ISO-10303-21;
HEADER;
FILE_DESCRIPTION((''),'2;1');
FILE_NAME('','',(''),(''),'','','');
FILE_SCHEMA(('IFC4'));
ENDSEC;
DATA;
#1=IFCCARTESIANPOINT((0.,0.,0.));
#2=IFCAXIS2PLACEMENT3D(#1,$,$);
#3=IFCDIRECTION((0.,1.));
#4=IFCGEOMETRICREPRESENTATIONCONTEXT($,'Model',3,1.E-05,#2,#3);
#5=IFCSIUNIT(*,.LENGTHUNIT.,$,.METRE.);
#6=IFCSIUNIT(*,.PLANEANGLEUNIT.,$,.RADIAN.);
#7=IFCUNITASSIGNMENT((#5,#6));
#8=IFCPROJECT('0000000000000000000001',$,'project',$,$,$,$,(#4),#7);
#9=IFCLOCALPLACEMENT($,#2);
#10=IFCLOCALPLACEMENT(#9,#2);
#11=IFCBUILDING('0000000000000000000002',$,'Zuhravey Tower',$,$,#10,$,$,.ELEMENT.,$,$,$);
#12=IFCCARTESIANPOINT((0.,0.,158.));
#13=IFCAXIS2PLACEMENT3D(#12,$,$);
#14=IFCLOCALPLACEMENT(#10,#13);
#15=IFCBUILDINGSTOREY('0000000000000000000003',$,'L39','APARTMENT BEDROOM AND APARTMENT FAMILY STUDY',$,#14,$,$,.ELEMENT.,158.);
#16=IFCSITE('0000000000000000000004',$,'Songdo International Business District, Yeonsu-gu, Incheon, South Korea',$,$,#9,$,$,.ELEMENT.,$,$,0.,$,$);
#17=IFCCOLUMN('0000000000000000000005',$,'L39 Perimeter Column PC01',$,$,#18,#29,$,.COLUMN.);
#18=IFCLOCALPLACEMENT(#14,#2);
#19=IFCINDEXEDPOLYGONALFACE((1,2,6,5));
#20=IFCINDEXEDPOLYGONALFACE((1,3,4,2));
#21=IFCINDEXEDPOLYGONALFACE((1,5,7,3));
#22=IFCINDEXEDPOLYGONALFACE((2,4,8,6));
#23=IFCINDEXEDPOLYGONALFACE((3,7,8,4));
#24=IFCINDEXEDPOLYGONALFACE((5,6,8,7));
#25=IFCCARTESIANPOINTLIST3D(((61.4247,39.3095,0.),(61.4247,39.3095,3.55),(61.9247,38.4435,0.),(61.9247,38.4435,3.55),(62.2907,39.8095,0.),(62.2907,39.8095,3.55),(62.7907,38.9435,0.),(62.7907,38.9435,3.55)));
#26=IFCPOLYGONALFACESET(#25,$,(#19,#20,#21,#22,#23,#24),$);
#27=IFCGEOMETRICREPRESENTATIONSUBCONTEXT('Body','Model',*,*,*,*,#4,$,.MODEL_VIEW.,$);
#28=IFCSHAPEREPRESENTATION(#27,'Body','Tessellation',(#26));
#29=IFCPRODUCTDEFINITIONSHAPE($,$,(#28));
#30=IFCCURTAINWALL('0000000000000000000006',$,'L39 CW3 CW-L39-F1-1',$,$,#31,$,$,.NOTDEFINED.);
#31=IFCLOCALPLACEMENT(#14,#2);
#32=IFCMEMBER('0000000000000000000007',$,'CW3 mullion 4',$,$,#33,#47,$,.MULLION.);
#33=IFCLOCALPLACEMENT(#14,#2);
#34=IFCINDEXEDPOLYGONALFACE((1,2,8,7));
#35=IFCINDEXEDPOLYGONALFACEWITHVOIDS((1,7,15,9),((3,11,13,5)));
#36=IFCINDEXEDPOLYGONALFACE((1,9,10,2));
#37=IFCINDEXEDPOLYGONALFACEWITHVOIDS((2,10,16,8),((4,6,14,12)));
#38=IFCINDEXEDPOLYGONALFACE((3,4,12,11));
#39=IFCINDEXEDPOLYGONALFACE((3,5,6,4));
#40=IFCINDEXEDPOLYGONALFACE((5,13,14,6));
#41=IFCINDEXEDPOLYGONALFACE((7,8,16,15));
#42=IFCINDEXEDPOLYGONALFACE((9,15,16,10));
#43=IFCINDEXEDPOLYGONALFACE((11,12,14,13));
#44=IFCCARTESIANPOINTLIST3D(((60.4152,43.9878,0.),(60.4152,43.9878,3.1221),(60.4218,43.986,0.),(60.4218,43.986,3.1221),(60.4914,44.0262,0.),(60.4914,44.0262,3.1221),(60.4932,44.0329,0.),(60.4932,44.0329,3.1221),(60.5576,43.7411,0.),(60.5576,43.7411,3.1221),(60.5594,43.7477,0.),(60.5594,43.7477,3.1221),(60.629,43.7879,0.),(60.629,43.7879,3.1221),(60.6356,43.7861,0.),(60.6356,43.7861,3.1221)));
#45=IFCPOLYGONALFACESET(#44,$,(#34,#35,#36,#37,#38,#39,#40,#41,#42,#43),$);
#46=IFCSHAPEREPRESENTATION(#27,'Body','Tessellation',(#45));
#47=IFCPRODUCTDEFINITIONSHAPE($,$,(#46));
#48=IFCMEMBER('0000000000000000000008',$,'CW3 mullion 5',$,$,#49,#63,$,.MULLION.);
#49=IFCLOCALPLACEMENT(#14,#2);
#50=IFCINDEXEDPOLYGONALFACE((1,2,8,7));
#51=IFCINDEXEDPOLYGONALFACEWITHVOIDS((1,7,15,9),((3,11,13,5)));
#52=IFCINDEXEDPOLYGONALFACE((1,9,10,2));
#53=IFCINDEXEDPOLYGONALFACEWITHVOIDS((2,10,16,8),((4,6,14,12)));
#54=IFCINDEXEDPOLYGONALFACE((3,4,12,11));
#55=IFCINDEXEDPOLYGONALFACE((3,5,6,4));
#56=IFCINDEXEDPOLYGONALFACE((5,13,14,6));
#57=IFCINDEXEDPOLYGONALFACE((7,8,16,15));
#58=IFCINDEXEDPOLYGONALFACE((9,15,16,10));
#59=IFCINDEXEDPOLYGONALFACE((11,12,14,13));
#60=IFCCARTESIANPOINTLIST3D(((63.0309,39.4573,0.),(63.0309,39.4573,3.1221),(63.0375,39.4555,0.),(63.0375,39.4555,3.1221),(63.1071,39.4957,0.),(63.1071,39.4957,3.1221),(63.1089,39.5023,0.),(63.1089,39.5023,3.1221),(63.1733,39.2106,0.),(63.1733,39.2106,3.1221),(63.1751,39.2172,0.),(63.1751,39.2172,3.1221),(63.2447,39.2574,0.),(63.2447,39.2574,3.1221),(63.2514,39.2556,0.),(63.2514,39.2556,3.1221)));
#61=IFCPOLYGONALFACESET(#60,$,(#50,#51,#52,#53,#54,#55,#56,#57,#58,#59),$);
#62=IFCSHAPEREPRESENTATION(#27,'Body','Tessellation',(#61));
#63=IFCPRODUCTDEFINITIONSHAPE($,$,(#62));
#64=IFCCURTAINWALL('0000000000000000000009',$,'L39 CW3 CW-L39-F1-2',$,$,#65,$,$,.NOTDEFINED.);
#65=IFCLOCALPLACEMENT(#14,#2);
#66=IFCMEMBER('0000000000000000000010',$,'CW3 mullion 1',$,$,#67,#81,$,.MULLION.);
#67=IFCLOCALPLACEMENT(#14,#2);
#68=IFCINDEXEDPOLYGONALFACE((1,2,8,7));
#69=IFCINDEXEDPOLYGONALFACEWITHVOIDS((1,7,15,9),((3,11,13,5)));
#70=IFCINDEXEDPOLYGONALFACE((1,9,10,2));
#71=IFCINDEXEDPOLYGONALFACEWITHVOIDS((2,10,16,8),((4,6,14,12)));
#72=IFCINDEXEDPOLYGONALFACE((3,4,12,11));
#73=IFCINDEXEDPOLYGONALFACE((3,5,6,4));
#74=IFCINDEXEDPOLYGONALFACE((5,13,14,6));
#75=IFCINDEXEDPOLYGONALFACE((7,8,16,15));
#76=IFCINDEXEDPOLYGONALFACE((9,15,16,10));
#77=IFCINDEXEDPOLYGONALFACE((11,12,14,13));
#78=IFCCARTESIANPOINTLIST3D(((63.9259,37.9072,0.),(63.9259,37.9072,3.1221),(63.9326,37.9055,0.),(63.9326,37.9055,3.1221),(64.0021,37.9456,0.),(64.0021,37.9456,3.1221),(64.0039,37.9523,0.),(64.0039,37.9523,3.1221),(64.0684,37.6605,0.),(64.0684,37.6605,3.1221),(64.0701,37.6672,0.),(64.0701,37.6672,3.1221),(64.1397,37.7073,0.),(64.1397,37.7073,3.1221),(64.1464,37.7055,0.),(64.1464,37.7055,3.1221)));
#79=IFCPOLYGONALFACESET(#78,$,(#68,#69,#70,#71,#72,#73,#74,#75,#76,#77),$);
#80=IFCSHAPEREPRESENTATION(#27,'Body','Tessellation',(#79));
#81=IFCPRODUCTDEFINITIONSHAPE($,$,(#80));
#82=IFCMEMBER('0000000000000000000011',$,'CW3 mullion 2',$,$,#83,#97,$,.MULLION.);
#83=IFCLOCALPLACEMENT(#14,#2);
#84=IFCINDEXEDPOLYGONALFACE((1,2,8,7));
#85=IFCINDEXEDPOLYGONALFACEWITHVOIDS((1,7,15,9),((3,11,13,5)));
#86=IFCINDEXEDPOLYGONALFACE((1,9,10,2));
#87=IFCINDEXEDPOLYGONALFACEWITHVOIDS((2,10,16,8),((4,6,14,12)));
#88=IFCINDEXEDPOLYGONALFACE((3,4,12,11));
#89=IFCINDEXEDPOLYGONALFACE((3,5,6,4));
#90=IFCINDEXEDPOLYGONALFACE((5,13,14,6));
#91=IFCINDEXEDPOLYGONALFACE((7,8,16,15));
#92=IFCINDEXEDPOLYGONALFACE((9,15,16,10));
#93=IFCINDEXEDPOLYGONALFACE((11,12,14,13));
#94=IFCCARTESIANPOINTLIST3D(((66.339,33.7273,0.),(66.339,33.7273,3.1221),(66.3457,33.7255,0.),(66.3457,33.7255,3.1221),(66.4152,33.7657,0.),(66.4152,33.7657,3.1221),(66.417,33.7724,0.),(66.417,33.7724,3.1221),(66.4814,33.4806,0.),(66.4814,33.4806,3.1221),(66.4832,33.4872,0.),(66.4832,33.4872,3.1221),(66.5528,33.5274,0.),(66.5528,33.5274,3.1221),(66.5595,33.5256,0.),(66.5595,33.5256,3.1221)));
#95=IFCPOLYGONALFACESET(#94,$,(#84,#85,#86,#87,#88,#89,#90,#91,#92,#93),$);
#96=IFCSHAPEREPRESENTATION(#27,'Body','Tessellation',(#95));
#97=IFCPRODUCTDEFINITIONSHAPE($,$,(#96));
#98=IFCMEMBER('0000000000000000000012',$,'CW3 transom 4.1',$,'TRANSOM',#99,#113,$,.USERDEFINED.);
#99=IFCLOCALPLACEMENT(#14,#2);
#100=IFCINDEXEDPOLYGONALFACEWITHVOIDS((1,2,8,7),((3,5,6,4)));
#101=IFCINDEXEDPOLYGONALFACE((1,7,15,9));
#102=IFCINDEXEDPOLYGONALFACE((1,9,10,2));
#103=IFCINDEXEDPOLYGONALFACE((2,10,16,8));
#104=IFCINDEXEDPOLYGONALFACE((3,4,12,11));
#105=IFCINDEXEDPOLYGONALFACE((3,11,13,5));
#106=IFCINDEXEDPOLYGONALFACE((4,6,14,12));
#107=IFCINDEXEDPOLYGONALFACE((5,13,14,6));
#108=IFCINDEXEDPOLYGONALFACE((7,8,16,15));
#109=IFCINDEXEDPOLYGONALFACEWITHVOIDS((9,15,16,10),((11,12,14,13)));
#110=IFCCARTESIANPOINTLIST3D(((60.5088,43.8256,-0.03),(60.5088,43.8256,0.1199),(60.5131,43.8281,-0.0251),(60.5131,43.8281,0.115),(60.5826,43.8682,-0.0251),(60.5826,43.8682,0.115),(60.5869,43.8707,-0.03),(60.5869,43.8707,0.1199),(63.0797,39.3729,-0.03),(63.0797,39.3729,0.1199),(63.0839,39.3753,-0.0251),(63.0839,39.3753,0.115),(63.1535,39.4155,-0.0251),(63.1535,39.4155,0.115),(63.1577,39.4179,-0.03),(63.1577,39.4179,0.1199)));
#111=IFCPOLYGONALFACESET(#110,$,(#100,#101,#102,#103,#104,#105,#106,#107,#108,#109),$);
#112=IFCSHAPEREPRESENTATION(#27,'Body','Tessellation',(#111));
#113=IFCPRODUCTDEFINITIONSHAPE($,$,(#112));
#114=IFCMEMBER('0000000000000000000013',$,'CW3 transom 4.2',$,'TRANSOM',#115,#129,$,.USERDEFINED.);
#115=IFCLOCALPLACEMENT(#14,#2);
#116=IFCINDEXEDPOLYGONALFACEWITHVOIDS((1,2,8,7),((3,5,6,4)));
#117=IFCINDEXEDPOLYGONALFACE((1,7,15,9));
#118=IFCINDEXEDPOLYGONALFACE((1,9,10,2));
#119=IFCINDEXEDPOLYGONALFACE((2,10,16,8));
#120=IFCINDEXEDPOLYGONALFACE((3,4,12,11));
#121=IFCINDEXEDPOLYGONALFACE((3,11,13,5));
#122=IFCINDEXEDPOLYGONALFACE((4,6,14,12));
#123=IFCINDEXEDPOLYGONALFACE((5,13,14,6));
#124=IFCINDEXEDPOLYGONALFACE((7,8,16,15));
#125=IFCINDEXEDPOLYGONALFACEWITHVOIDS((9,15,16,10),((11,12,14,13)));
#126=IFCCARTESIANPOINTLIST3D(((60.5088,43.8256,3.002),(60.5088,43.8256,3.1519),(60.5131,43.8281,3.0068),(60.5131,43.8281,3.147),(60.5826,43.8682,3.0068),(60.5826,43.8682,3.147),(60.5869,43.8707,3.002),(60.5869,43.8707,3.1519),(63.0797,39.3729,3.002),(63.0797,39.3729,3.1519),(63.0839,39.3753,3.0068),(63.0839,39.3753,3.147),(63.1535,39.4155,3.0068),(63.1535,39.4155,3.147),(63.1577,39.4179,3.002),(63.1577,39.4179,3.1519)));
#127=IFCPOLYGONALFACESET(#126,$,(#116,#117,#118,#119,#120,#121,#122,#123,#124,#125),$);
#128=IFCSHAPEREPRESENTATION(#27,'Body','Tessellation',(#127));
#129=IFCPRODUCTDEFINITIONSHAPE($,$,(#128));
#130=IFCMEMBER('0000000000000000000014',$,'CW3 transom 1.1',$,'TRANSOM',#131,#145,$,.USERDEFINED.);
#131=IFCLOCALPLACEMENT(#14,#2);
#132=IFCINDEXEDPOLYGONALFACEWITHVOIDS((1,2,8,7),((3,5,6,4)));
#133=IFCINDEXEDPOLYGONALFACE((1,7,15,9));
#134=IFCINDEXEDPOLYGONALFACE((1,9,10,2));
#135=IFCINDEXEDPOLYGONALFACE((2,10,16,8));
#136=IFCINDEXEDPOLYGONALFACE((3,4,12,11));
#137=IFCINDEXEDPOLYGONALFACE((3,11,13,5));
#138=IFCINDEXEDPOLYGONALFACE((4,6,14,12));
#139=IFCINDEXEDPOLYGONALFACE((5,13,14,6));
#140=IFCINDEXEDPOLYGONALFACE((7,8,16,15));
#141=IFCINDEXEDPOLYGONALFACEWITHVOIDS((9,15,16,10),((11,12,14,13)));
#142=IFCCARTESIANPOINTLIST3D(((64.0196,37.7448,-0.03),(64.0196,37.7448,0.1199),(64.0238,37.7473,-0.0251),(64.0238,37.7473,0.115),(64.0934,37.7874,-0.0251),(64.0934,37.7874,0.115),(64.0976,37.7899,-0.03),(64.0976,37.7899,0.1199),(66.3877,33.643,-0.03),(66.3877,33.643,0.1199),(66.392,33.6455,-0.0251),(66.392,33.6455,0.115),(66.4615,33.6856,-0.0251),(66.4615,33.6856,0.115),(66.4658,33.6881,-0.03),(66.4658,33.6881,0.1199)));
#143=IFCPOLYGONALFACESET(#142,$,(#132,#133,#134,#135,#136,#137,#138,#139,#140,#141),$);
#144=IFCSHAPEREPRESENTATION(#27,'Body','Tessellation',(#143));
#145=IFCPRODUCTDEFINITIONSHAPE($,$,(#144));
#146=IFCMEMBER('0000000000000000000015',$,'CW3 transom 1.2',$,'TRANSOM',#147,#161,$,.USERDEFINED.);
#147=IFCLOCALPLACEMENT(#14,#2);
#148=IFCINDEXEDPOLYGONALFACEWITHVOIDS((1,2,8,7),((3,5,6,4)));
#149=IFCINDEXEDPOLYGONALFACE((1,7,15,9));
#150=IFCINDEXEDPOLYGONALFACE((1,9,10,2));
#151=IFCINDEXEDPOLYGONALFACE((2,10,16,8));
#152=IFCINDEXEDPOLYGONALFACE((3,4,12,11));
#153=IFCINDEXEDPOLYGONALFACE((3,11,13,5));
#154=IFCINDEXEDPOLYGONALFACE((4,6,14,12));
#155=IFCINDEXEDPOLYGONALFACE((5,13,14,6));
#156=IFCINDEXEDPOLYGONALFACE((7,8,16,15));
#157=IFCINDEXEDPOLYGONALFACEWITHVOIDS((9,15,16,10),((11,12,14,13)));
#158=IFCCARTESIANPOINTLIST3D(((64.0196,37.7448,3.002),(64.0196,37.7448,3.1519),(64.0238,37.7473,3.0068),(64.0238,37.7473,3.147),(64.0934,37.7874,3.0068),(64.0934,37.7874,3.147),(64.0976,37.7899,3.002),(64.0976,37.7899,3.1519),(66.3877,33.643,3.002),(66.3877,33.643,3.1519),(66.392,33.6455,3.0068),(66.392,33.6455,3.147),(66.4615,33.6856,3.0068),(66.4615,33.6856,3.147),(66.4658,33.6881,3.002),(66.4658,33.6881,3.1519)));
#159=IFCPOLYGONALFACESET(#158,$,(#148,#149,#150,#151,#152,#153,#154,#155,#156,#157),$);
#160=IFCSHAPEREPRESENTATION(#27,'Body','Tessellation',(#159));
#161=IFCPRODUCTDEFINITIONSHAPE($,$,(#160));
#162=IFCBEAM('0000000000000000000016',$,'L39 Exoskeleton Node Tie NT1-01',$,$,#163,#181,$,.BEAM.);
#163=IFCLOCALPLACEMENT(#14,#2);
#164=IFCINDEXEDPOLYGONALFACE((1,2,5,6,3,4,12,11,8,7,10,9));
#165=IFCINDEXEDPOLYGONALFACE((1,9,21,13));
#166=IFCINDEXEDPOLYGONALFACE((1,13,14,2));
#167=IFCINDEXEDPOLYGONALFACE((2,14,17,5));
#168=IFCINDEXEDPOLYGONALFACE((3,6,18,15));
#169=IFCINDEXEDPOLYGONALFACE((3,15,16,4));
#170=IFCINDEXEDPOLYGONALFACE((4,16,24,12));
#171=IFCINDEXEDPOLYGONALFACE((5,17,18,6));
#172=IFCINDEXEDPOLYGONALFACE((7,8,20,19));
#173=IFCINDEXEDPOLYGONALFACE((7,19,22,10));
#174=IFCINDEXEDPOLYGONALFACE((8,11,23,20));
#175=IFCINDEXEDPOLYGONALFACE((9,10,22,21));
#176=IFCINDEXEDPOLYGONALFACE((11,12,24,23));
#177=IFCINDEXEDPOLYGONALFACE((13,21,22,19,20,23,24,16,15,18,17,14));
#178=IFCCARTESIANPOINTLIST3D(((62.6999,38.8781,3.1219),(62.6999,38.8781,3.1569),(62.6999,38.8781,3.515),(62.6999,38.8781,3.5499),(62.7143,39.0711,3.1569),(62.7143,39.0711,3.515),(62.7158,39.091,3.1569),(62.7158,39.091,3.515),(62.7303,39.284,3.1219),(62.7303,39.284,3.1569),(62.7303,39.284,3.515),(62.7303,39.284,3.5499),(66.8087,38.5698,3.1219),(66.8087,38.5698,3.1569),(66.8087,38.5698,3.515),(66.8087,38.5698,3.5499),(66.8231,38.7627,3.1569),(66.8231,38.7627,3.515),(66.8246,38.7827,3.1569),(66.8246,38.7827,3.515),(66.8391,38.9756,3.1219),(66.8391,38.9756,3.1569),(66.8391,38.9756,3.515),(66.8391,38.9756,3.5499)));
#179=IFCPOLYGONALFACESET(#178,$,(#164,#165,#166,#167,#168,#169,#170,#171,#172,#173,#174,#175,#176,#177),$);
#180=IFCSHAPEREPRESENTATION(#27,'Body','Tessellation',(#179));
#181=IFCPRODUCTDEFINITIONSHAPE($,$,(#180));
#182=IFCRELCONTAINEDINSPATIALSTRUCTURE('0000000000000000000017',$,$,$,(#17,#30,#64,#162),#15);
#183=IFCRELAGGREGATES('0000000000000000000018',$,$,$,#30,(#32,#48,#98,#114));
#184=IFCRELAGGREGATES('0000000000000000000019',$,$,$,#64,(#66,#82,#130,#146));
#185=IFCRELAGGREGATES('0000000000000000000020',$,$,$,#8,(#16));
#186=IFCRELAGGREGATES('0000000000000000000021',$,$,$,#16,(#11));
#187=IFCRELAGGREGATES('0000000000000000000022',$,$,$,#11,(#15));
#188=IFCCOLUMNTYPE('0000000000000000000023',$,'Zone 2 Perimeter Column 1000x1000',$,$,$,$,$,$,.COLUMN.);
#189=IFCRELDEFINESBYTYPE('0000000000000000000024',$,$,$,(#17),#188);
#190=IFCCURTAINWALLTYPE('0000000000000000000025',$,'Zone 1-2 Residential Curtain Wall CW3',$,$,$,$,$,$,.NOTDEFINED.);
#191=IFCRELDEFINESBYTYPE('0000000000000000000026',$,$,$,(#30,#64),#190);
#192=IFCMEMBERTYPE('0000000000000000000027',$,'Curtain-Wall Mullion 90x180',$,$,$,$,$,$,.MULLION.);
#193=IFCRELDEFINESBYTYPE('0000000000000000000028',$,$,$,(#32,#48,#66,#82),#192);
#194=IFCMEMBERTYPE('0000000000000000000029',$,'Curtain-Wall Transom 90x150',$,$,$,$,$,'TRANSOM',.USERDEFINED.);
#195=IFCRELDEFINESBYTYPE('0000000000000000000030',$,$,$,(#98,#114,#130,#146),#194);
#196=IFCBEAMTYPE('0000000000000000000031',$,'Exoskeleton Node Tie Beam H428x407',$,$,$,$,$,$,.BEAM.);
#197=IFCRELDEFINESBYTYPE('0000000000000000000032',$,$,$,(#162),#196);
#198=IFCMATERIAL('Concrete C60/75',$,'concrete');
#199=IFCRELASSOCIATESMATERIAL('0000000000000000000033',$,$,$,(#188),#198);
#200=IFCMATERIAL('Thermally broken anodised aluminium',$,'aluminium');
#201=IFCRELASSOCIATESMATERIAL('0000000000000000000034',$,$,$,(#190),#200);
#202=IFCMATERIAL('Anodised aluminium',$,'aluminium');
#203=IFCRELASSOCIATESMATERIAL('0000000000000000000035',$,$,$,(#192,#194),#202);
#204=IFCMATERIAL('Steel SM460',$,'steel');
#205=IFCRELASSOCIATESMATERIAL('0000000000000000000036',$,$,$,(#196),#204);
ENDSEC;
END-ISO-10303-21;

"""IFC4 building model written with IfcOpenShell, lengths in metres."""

from ifc_helpers import new_model, si_unit, direction, frame, origin, origin_2d, place, context, subcontext, project, spatial, rectangle, hollow_rectangle, i_section, extrude, material, material_profile, profile_set, type_object, element, aggregate, save


model = new_model("IFC4")

# Units and contexts
model_context = context("Model", 3, precision=1e-05, world=origin(), true_north=direction((0.0, 1.0)))
body_context = subcontext(model_context, "Body", "Model", "MODEL_VIEW")
ifc_project = project(units=[si_unit("LENGTHUNIT", "METRE"), si_unit("PLANEANGLEUNIT", "RADIAN")], contexts=[model_context])

# Site, building, storey
site_placement = place(None, origin())
site = spatial("IfcSite", under=ifc_project, at=site_placement, Name="Songdo International Business District, Yeonsu-gu, Incheon, South Korea", CompositionType="ELEMENT", RefElevation=0.0)
building_placement = place(site_placement, origin())
building = spatial("IfcBuilding", under=site, at=building_placement, Name="Zuhravey Tower", CompositionType="ELEMENT")
storey_placement = place(building_placement, frame((0.0, 0.0, 158.0)))
storey = spatial("IfcBuildingStorey", under=building, at=storey_placement, Name="L39", Description="APARTMENT BEDROOM AND APARTMENT FAMILY STUDY", CompositionType="ELEMENT", Elevation=158.0)

# Column
ifc_material_1 = material(Name="Concrete C60/75", Category="concrete")
ifc_material_profile_1 = material_profile(ifc_material_1, rectangle(XDim=1.0, YDim=1.0, at=origin_2d()), Name="RC-1000x1000")
ifc_profile_set_1 = profile_set([ifc_material_profile_1], Name="Concrete C60/75")
column_type = type_object("IfcColumnType", Name="Zone 2 Perimeter Column 1000x1000", PredefinedType="COLUMN", material=ifc_profile_set_1)
column_placement = place(storey_placement, frame((62.1077, 39.1265, 0.0), z_axis=(0.0, 0.0, 1.0), x_axis=(-0.5, 0.866025, 0.0)))
element("IfcColumn", 1, at=column_placement, inside=storey, type_object=column_type, Name="L39 Perimeter Column PC01", PredefinedType="COLUMN", context=body_context, shape_type="SweptSolid", body=[
    extrude(rectangle(XDim=1.0, YDim=1.0, at=origin_2d()), origin(), (0.0, 0.0, 1.0), 3.55),
])

# Curtain walls, members
ifc_material_2 = material(Name="Thermally broken anodised aluminium", Category="aluminium")
curtain_wall_type = type_object("IfcCurtainWallType", Name="Zone 1-2 Residential Curtain Wall CW3", PredefinedType="NOTDEFINED", material=ifc_material_2)
curtain_wall_1_placement = place(storey_placement, origin())
curtain_wall_1 = element("IfcCurtainWall", 2, at=curtain_wall_1_placement, inside=storey, type_object=curtain_wall_type, Name="L39 CW3 CW-L39-F1-1", PredefinedType="NOTDEFINED")
ifc_material_3 = material(Name="Anodised aluminium", Category="aluminium")
ifc_material_profile_2 = material_profile(ifc_material_3, hollow_rectangle(XDim=0.0901, YDim=0.2849, WallThickness=0.0049, at=origin_2d()), Name="ALU-RHS-90x285x5")
ifc_profile_set_2 = profile_set([ifc_material_profile_2], Name="Anodised aluminium")
member_type_1 = type_object("IfcMemberType", Name="Curtain-Wall Mullion 90x180", PredefinedType="MULLION", material=ifc_profile_set_2)
member_1_placement = place(storey_placement, frame((60.5254, 43.887, 0.0), z_axis=(0.0, 0.0, 1.0), x_axis=(0.866025, 0.500001, 0.0)))
member_1 = element("IfcMember", 3, at=member_1_placement, type_object=member_type_1, Name="CW3 mullion 4", PredefinedType="MULLION", context=body_context, shape_type="SweptSolid", body=[
    extrude(hollow_rectangle(XDim=0.0901, YDim=0.2849, WallThickness=0.0049, at=origin_2d()), origin(), (0.0, 0.0, 1.0), 3.1221),
])
member_2_placement = place(storey_placement, frame((63.1411, 39.3564, 0.0), z_axis=(0.0, 0.0, 1.0), x_axis=(0.866025, 0.500001, 0.0)))
member_2 = element("IfcMember", 4, at=member_2_placement, type_object=member_type_1, Name="CW3 mullion 5", PredefinedType="MULLION", context=body_context, shape_type="SweptSolid", body=[
    extrude(hollow_rectangle(XDim=0.0901, YDim=0.2849, WallThickness=0.0049, at=origin_2d()), origin(), (0.0, 0.0, 1.0), 3.1221),
])
curtain_wall_2_placement = place(storey_placement, origin())
curtain_wall_2 = element("IfcCurtainWall", 5, at=curtain_wall_2_placement, inside=storey, type_object=curtain_wall_type, Name="L39 CW3 CW-L39-F1-2", PredefinedType="NOTDEFINED")
member_3_placement = place(storey_placement, frame((64.0361, 37.8064, 0.0), z_axis=(0.0, 0.0, 1.0), x_axis=(0.866029, 0.499994, 0.0)))
member_3 = element("IfcMember", 6, at=member_3_placement, type_object=member_type_1, Name="CW3 mullion 1", PredefinedType="MULLION", context=body_context, shape_type="SweptSolid", body=[
    extrude(hollow_rectangle(XDim=0.0901, YDim=0.2849, WallThickness=0.0049, at=origin_2d()), origin(), (0.0, 0.0, 1.0), 3.1221),
])
member_4_placement = place(storey_placement, frame((66.4492, 33.6265, 0.0), z_axis=(0.0, 0.0, 1.0), x_axis=(0.866029, 0.499994, 0.0)))
member_4 = element("IfcMember", 7, at=member_4_placement, type_object=member_type_1, Name="CW3 mullion 2", PredefinedType="MULLION", context=body_context, shape_type="SweptSolid", body=[
    extrude(hollow_rectangle(XDim=0.0901, YDim=0.2849, WallThickness=0.0049, at=origin_2d()), origin(), (0.0, 0.0, 1.0), 3.1221),
])

# Members
ifc_material_profile_3 = material_profile(ifc_material_3, hollow_rectangle(XDim=0.0901, YDim=0.1499, WallThickness=0.0049, at=origin_2d()), Name="ALU-RHS-90x150x5")
ifc_profile_set_3 = profile_set([ifc_material_profile_3], Name="Anodised aluminium")
member_type_2 = type_object("IfcMemberType", Name="Curtain-Wall Transom 90x150", ElementType="TRANSOM", PredefinedType="USERDEFINED", material=ifc_profile_set_3)
member_5_placement = place(storey_placement, frame((60.5479, 43.8481, 0.0449), z_axis=(0.50001, -0.86602, 0.0), x_axis=(0.86602, 0.50001, 0.0)))
member_5 = element("IfcMember", 8, at=member_5_placement, type_object=member_type_2, Name="CW3 transom 4.1", ObjectType="TRANSOM", PredefinedType="USERDEFINED", context=body_context, shape_type="SweptSolid", body=[
    extrude(hollow_rectangle(XDim=0.0901, YDim=0.1499, WallThickness=0.0049, at=origin_2d()), origin(), (0.0, 0.0, 1.0), 5.1416),
])
member_6_placement = place(storey_placement, frame((60.5479, 43.8481, 3.0769), z_axis=(0.50001, -0.86602, 0.0), x_axis=(0.86602, 0.50001, 0.0)))
member_6 = element("IfcMember", 9, at=member_6_placement, type_object=member_type_2, Name="CW3 transom 4.2", ObjectType="TRANSOM", PredefinedType="USERDEFINED", context=body_context, shape_type="SweptSolid", body=[
    extrude(hollow_rectangle(XDim=0.0901, YDim=0.1499, WallThickness=0.0049, at=origin_2d()), origin(), (0.0, 0.0, 1.0), 5.1416),
])
member_7_placement = place(storey_placement, frame((64.0586, 37.7673, 0.0449), z_axis=(0.499998, -0.866027, 0.0), x_axis=(0.866027, 0.499998, 0.0)))
member_7 = element("IfcMember", 10, at=member_7_placement, type_object=member_type_2, Name="CW3 transom 1.1", ObjectType="TRANSOM", PredefinedType="USERDEFINED", context=body_context, shape_type="SweptSolid", body=[
    extrude(hollow_rectangle(XDim=0.0901, YDim=0.1499, WallThickness=0.0049, at=origin_2d()), origin(), (0.0, 0.0, 1.0), 4.7363),
])
member_8_placement = place(storey_placement, frame((64.0586, 37.7673, 3.0769), z_axis=(0.499998, -0.866027, 0.0), x_axis=(0.866027, 0.499998, 0.0)))
member_8 = element("IfcMember", 11, at=member_8_placement, type_object=member_type_2, Name="CW3 transom 1.2", ObjectType="TRANSOM", PredefinedType="USERDEFINED", context=body_context, shape_type="SweptSolid", body=[
    extrude(hollow_rectangle(XDim=0.0901, YDim=0.1499, WallThickness=0.0049, at=origin_2d()), origin(), (0.0, 0.0, 1.0), 4.7363),
])

# Beam
ifc_material_4 = material(Name="Steel SM460", Category="steel")
ifc_material_profile_4 = material_profile(ifc_material_4, i_section(OverallWidth=0.407, OverallDepth=0.428, WebThickness=0.02, FlangeThickness=0.0349, at=origin_2d()), Name="H-428x407x20x35")
ifc_profile_set_4 = profile_set([ifc_material_profile_4], Name="Steel SM460")
beam_type_1 = type_object("IfcBeamType", Name="Exoskeleton Node Tie Beam H428x407", PredefinedType="BEAM", material=ifc_profile_set_4)
beam_1_placement = place(storey_placement, frame((62.7151, 39.0811, 3.3359), z_axis=(0.997196, -0.074834, 0.0), x_axis=(0.074834, 0.997196, 0.0)))
element("IfcBeam", 12, at=beam_1_placement, inside=storey, type_object=beam_type_1, Name="L39 Exoskeleton Node Tie NT1-01", PredefinedType="BEAM", context=body_context, shape_type="SweptSolid", body=[
    extrude(i_section(OverallWidth=0.407, OverallDepth=0.428, WebThickness=0.02, FlangeThickness=0.0349, at=origin_2d()), origin(), (0.0, 0.0, 1.0), 4.1204),
])

aggregate(curtain_wall_1, [member_1, member_2, member_5, member_6])
aggregate(curtain_wall_2, [member_3, member_4, member_7, member_8])

save(model, "model.ifc")
